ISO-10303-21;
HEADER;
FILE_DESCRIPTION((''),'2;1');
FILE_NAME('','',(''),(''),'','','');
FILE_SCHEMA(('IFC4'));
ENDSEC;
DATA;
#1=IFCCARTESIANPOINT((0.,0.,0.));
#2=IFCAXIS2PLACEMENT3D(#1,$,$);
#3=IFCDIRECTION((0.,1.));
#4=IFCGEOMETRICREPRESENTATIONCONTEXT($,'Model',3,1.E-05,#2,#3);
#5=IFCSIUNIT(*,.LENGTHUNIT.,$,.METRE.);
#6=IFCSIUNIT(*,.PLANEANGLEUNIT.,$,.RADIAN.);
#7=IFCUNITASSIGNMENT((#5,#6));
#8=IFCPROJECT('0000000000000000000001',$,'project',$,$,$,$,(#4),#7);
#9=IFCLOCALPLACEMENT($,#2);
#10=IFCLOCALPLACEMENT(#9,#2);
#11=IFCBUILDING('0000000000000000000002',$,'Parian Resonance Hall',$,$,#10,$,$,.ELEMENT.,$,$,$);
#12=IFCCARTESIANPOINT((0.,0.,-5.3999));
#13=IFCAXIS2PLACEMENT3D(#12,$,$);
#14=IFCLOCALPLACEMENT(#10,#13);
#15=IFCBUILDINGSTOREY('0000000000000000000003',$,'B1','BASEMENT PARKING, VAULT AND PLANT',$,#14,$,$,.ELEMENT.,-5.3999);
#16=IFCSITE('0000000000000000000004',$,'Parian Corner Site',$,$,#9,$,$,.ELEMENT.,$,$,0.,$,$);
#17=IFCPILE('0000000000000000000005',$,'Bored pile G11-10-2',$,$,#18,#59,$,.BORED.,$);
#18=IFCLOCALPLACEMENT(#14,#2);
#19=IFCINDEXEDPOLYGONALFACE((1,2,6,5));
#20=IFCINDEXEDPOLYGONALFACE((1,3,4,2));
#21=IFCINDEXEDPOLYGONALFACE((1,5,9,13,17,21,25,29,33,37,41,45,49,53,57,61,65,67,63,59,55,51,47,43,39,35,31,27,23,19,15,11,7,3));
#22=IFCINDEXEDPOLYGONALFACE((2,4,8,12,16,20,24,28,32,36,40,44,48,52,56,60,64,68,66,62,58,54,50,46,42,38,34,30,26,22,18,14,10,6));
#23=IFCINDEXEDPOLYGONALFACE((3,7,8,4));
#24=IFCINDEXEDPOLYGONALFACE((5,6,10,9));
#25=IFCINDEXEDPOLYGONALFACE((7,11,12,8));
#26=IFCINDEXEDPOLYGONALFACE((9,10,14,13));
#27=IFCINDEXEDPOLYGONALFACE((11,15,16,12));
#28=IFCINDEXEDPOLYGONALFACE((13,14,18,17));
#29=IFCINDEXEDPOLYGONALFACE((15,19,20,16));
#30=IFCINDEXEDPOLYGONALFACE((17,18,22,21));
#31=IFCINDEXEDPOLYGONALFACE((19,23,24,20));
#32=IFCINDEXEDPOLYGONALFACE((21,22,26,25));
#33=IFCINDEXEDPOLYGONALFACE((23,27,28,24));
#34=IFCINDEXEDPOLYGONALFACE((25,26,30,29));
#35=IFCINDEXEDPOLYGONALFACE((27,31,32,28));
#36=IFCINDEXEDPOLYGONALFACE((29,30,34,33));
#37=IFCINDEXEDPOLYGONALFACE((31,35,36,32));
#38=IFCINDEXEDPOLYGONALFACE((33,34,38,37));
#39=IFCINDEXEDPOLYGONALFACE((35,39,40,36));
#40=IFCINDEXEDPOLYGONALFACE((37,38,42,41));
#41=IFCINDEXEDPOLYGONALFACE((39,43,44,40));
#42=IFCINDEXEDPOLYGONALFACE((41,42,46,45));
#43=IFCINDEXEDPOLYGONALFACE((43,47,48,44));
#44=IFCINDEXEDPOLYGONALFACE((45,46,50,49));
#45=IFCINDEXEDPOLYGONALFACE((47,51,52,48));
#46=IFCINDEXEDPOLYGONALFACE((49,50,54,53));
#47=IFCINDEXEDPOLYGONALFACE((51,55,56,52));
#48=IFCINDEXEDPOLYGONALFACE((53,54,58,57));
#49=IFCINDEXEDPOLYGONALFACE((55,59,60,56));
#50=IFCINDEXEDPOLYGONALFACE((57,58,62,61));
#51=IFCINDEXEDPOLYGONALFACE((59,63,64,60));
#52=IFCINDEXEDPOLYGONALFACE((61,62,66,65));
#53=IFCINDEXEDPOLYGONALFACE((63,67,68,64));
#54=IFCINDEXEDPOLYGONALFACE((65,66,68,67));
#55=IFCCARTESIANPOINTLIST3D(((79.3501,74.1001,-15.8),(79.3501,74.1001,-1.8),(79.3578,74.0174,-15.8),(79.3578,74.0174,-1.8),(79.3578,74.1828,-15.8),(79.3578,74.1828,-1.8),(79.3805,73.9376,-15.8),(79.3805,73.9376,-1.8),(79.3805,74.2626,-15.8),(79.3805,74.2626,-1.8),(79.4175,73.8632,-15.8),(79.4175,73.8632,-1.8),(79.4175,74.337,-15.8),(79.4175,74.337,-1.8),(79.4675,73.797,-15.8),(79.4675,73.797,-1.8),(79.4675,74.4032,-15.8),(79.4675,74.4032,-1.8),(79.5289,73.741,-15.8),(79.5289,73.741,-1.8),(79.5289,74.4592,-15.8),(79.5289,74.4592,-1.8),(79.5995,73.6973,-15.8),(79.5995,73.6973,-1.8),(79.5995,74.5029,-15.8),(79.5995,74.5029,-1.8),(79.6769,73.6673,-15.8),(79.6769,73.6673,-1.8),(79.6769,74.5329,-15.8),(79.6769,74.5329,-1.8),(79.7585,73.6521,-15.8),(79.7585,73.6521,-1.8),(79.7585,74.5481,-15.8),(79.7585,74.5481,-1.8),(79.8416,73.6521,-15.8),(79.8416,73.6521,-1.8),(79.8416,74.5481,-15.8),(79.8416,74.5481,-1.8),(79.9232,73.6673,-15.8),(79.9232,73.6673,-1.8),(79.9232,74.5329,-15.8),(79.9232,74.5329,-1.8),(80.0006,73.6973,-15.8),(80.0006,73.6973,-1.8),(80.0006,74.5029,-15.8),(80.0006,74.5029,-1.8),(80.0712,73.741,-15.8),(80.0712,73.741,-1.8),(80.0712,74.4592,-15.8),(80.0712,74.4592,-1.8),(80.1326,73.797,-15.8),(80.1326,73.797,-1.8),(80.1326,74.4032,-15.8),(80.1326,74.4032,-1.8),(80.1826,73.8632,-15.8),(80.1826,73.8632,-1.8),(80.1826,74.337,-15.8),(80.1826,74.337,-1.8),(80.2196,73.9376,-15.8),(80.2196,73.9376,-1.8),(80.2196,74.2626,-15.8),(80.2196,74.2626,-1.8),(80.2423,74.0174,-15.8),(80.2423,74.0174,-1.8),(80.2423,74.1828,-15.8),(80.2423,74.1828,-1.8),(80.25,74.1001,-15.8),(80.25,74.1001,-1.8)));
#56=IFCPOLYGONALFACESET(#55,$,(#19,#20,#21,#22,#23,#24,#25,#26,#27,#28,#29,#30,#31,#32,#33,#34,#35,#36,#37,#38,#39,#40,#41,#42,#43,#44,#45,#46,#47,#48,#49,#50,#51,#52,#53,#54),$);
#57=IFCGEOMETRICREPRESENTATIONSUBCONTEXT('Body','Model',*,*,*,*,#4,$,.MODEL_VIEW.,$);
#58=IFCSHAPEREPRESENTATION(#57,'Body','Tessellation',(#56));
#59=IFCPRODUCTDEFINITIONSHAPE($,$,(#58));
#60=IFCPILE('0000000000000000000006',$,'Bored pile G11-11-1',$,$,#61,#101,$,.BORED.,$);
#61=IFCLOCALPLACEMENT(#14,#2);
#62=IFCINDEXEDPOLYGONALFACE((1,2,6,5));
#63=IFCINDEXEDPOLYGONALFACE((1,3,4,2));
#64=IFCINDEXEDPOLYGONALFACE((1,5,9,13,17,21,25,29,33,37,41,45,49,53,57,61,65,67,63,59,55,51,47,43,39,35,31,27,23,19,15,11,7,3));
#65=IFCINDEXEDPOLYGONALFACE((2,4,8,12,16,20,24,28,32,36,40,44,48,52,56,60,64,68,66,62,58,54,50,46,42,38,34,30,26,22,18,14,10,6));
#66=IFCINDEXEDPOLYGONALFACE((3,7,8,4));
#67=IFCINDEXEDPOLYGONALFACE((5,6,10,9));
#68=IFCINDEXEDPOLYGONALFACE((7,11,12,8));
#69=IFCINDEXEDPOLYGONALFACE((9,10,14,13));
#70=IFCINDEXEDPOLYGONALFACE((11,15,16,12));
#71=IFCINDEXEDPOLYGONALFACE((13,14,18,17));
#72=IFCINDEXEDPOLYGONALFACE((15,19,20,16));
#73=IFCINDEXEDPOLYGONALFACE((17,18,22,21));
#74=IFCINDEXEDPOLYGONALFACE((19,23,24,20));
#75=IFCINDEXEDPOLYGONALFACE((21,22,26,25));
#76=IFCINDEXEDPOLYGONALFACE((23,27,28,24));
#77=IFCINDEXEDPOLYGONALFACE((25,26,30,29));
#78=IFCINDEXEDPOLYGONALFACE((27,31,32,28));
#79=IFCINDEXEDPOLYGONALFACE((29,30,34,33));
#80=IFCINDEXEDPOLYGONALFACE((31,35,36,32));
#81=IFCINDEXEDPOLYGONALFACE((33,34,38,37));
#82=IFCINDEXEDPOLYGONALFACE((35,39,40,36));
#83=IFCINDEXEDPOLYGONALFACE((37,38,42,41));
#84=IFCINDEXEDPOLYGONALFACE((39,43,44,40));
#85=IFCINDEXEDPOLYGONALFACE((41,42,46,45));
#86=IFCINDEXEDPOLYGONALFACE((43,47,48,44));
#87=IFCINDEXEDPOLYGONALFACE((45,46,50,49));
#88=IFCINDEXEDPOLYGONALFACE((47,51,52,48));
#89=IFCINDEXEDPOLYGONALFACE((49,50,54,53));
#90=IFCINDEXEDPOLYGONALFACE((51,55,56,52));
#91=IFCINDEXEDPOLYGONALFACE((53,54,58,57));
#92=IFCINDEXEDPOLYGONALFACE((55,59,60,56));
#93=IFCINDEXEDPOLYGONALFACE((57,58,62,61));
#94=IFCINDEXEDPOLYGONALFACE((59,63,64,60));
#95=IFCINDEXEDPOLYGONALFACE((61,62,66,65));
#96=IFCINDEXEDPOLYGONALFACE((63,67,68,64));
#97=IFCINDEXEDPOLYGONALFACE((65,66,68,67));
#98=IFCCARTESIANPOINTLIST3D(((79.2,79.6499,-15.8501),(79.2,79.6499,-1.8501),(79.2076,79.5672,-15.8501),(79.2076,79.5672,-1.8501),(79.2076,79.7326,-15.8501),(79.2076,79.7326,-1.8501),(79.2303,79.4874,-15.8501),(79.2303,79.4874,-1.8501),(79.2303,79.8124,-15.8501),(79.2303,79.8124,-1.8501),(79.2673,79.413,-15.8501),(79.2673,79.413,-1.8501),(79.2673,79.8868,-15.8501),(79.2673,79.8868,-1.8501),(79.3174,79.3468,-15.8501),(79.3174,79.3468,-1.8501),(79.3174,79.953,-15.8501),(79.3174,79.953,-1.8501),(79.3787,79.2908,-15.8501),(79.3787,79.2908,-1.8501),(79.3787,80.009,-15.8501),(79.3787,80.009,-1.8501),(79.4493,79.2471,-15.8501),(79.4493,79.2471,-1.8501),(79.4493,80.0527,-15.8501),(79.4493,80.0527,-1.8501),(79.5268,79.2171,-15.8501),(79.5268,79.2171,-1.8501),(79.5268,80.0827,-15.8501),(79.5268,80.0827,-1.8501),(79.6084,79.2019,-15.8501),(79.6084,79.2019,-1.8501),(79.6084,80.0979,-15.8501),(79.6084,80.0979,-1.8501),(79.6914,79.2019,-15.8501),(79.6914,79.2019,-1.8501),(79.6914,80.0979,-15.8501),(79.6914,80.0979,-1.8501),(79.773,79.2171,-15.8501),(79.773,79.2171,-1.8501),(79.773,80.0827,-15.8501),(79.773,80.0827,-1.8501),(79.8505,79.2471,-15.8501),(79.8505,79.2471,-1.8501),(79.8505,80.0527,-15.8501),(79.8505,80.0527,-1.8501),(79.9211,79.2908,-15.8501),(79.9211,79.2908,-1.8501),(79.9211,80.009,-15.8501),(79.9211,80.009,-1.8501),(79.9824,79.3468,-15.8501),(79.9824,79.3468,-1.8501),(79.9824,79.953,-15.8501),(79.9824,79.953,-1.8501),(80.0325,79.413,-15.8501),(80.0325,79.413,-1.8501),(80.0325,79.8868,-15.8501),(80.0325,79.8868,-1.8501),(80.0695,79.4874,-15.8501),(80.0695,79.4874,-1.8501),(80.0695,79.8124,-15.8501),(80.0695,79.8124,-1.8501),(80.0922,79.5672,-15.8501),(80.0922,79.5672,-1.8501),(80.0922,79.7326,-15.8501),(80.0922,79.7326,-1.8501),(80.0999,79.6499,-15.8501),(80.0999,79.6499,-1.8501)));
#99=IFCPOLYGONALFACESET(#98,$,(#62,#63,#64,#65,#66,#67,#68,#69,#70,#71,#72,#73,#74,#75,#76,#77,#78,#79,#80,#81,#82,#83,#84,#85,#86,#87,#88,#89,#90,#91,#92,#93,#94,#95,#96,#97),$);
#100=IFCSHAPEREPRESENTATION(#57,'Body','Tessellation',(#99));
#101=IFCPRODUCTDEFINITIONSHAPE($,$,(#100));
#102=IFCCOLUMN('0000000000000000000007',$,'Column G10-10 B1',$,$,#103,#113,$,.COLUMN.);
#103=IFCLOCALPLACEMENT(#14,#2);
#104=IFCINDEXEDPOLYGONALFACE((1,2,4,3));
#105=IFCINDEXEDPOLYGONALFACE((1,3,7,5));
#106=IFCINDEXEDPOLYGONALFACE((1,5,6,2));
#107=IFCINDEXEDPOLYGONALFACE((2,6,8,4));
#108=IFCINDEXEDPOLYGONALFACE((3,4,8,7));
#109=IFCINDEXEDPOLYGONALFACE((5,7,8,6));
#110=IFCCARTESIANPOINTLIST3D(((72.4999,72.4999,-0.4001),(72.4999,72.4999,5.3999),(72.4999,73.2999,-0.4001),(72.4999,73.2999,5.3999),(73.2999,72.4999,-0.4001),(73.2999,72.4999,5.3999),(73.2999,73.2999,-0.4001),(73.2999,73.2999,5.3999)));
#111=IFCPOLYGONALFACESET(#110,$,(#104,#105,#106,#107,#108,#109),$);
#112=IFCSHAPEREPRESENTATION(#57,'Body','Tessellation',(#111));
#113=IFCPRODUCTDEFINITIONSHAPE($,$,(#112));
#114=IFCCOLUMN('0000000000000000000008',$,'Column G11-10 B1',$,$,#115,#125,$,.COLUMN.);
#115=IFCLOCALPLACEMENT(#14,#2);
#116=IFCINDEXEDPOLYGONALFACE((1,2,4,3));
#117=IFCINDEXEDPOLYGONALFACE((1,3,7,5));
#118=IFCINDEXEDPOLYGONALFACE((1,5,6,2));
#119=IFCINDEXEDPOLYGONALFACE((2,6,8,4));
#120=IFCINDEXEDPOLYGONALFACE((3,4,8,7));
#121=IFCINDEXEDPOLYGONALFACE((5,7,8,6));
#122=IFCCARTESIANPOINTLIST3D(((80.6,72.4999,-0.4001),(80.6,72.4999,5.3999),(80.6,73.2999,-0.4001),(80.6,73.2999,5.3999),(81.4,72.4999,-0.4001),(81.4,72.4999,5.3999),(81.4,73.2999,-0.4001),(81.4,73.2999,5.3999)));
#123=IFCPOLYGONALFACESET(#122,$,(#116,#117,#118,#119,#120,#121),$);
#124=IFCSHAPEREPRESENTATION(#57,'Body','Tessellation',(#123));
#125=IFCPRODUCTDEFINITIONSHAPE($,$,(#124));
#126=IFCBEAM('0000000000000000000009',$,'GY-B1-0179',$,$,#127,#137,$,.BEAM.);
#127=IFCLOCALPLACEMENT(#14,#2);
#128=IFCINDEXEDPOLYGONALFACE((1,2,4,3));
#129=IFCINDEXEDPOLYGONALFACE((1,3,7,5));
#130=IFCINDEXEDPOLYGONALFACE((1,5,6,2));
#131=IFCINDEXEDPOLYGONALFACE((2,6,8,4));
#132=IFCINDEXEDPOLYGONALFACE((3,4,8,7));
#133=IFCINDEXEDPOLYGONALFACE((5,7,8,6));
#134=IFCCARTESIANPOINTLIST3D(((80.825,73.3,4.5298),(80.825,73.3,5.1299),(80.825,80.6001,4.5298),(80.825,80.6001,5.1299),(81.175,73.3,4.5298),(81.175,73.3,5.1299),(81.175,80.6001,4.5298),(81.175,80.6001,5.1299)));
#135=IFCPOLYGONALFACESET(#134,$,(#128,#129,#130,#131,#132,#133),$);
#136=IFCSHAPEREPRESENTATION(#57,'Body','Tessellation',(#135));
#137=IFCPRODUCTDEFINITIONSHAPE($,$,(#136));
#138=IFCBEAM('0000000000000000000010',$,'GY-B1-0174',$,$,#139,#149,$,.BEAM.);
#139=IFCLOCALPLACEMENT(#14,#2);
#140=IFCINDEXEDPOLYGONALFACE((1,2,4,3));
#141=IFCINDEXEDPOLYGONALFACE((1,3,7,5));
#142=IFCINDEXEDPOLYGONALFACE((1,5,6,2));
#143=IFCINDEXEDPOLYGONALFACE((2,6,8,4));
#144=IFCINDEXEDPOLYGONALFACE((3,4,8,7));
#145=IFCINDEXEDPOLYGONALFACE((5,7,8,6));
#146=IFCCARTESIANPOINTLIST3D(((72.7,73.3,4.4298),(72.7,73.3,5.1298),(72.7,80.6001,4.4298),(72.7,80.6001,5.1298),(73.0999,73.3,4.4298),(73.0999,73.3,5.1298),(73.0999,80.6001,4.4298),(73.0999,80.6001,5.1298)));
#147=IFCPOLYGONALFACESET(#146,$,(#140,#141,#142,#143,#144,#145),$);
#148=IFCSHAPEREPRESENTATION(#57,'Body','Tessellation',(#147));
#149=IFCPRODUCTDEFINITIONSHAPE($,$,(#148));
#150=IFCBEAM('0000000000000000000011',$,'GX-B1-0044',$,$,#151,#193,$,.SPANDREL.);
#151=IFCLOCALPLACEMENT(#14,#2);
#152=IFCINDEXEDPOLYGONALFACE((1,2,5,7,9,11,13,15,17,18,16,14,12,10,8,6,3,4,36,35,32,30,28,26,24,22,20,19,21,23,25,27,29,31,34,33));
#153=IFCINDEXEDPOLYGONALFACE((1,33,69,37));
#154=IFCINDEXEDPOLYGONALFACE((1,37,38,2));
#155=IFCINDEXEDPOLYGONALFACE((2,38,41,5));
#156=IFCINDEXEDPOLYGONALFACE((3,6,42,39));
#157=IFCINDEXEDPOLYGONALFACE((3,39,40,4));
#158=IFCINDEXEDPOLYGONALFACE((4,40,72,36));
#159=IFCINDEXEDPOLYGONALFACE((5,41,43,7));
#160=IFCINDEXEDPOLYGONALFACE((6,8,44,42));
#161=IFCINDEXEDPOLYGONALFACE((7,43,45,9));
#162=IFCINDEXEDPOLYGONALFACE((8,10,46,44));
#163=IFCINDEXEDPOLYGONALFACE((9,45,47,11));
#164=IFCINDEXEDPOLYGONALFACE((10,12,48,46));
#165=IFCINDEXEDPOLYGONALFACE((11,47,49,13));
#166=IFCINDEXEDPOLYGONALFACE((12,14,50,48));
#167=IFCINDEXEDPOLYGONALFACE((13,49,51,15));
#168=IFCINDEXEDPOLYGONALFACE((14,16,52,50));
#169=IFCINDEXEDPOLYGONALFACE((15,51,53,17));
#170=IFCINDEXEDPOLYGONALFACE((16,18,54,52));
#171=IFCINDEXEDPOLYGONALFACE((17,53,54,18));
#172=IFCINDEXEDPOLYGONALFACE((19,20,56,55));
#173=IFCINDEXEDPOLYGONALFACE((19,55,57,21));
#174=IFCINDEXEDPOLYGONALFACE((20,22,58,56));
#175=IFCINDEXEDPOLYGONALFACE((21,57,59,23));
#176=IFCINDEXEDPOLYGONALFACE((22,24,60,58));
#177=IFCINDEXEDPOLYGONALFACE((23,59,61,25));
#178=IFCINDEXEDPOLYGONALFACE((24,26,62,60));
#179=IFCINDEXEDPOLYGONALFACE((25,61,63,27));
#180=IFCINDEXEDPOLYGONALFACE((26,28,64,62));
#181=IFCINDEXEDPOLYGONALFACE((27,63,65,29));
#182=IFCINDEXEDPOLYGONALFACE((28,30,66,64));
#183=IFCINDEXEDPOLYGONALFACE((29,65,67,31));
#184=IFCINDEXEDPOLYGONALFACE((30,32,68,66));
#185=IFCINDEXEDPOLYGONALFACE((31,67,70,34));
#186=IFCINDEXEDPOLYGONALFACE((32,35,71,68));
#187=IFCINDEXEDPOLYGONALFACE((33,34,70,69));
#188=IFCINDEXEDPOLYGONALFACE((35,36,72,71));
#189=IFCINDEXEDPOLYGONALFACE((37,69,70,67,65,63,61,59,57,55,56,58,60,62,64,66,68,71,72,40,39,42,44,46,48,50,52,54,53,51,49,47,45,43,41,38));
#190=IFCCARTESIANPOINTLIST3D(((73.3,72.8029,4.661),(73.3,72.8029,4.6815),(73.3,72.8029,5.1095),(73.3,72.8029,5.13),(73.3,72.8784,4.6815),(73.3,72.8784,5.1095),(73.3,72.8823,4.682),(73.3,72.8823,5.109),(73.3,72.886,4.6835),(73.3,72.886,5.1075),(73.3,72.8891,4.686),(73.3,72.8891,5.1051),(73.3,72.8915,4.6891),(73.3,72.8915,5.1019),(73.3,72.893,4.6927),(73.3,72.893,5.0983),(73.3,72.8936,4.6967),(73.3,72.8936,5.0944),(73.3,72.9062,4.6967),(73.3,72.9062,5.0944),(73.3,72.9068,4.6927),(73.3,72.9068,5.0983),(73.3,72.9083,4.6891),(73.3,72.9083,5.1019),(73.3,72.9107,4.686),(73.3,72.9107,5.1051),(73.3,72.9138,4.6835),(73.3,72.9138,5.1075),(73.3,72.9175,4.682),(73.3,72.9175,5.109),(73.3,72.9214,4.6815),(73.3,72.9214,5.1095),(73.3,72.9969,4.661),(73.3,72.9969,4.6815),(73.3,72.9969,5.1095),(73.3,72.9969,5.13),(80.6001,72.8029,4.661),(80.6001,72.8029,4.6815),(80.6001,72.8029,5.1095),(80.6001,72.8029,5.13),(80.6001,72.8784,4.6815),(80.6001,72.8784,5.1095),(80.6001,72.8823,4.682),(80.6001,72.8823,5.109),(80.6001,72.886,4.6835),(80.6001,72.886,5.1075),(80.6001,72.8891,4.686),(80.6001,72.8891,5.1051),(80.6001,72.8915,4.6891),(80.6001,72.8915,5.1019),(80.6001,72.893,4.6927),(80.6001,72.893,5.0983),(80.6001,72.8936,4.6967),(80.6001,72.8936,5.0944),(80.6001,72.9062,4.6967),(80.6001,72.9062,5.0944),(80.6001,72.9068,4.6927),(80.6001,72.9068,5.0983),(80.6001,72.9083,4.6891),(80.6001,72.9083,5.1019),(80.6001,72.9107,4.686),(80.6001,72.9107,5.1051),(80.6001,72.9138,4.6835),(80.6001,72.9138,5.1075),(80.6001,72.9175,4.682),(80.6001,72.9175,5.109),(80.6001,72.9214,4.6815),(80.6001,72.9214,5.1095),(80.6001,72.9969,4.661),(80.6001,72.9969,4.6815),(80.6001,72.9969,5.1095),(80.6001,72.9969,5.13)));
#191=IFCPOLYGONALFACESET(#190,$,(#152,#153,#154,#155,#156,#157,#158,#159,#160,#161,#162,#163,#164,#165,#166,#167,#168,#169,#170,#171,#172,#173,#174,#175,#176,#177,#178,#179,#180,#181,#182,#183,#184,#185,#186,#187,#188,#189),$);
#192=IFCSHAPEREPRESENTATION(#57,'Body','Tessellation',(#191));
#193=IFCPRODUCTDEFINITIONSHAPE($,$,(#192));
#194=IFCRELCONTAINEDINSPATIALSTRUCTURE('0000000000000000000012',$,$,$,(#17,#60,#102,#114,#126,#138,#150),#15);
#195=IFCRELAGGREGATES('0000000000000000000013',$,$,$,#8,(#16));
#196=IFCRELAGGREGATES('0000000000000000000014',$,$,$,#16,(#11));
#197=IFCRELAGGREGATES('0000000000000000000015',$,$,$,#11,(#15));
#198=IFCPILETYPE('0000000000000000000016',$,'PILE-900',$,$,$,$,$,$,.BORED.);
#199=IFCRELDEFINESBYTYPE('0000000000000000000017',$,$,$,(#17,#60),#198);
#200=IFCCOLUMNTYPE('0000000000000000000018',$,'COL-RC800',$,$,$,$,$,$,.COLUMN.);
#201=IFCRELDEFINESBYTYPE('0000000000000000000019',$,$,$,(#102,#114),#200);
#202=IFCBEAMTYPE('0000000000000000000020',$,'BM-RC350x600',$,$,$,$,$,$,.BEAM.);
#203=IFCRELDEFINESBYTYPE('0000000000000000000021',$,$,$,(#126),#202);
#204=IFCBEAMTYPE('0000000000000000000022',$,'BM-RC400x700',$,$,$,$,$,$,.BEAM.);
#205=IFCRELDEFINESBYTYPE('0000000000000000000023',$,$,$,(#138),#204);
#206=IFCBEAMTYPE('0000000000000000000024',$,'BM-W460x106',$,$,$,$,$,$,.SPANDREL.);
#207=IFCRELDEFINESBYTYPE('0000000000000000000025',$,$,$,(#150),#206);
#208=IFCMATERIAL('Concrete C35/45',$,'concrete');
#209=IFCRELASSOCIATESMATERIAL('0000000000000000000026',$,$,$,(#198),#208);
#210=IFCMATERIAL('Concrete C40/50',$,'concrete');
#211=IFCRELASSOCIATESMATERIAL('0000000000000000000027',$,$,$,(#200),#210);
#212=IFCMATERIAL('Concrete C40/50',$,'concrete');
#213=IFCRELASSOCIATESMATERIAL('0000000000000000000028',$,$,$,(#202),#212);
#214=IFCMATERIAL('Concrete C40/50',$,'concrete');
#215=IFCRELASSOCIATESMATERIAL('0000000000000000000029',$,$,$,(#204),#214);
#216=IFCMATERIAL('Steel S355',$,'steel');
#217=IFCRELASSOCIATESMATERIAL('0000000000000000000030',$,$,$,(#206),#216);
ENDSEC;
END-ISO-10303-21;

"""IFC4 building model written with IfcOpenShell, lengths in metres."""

from ifc_helpers import new_model, si_unit, direction, frame, origin, origin_2d, place, context, subcontext, project, spatial, rectangle, circle, i_section, extrude, material, material_profile, profile_set, type_object, element, save


model = new_model("IFC4")

# Units and contexts
model_context = context("Model", 3, precision=1e-05, world=origin(), true_north=direction((0.0, 1.0)))
body_context = subcontext(model_context, "Body", "Model", "MODEL_VIEW")
ifc_project = project(units=[si_unit("LENGTHUNIT", "METRE"), si_unit("PLANEANGLEUNIT", "RADIAN")], contexts=[model_context])

# Site, building, storey
site_placement = place(None, origin())
site = spatial("IfcSite", under=ifc_project, at=site_placement, Name="Parian Corner Site", CompositionType="ELEMENT", RefElevation=0.0)
building_placement = place(site_placement, origin())
building = spatial("IfcBuilding", under=site, at=building_placement, Name="Parian Resonance Hall", CompositionType="ELEMENT")
storey_placement = place(building_placement, frame((0.0, 0.0, -5.3999)))
storey = spatial("IfcBuildingStorey", under=building, at=storey_placement, Name="B1", Description="BASEMENT PARKING, VAULT AND PLANT", CompositionType="ELEMENT", Elevation=-5.3999)

# Piles
ifc_material_1 = material(Name="Concrete C35/45", Category="concrete")
ifc_material_profile_1 = material_profile(ifc_material_1, circle(Radius=0.45, at=origin_2d()), Name="PILE-D900")
ifc_profile_set_1 = profile_set([ifc_material_profile_1], Name="Concrete C35/45")
pile_type_1 = type_object("IfcPileType", Name="PILE-900", PredefinedType="BORED", material=ifc_profile_set_1)
for number, where, z_axis, x_axis, name in (
    (1, (79.8, 74.1001, -1.8), (0.0, 0.0, -1.0), (1.0, 0.0, 0.0), "Bored pile G11-10-2"),
    (2, (79.6499, 79.6499, -1.8501), (0.0, 0.0, -1.0), (1.0, 0.0, 0.0), "Bored pile G11-11-1"),
):
    element("IfcPile", number, at=place(storey_placement, frame(where, z_axis=z_axis, x_axis=x_axis)), inside=storey, type_object=pile_type_1, Name=name, PredefinedType="BORED", context=body_context, shape_type="SweptSolid", body=[
        extrude(circle(Radius=0.45, at=origin_2d()), origin(), (0.0, 0.0, 1.0), 14.0),
    ])

# Columns
ifc_material_2 = material(Name="Concrete C40/50", Category="concrete")
ifc_material_profile_2 = material_profile(ifc_material_2, rectangle(XDim=0.8, YDim=0.8, at=origin_2d()), Name="RC-COL-800x800")
ifc_profile_set_2 = profile_set([ifc_material_profile_2], Name="Concrete C40/50")
column_type = type_object("IfcColumnType", Name="COL-RC800", PredefinedType="COLUMN", material=ifc_profile_set_2)
for number, where, z_axis, x_axis, name in (
    (3, (72.8999, 72.8999, -0.4001), (0.0, 0.0, 1.0), (1.0, 0.0, 0.0), "Column G10-10 B1"),
    (4, (81.0, 72.8999, -0.4001), (0.0, 0.0, 1.0), (1.0, 0.0, 0.0), "Column G11-10 B1"),
):
    element("IfcColumn", number, at=place(storey_placement, frame(where, z_axis=z_axis, x_axis=x_axis)), inside=storey, type_object=column_type, Name=name, PredefinedType="COLUMN", context=body_context, shape_type="SweptSolid", body=[
        extrude(rectangle(XDim=0.8, YDim=0.8, at=origin_2d()), origin(), (0.0, 0.0, 1.0), 5.8),
    ])

# Beams
ifc_material_3 = material(Name="Concrete C40/50", Category="concrete")
ifc_material_profile_3 = material_profile(ifc_material_3, rectangle(XDim=0.3501, YDim=0.6001, at=origin_2d()), Name="RC-BM-350x600")
ifc_profile_set_3 = profile_set([ifc_material_profile_3], Name="Concrete C40/50")
beam_type_1 = type_object("IfcBeamType", Name="BM-RC350x600", PredefinedType="BEAM", material=ifc_profile_set_3)
beam_1_placement = place(storey_placement, frame((81.0, 73.3, 4.8298), z_axis=(0.0, 1.0, 0.0), x_axis=(-1.0, 0.0, 0.0)))
element("IfcBeam", 5, at=beam_1_placement, inside=storey, type_object=beam_type_1, Name="GY-B1-0179", PredefinedType="BEAM", context=body_context, shape_type="SweptSolid", body=[
    extrude(rectangle(XDim=0.3501, YDim=0.6001, at=origin_2d()), origin(), (0.0, 0.0, 1.0), 7.3),
])
ifc_material_4 = material(Name="Concrete C40/50", Category="concrete")
ifc_material_profile_4 = material_profile(ifc_material_4, rectangle(XDim=0.3999, YDim=0.7, at=origin_2d()), Name="RC-BM-400x700")
ifc_profile_set_4 = profile_set([ifc_material_profile_4], Name="Concrete C40/50")
beam_type_2 = type_object("IfcBeamType", Name="BM-RC400x700", PredefinedType="BEAM", material=ifc_profile_set_4)
beam_2_placement = place(storey_placement, frame((72.8999, 73.3, 4.7798), z_axis=(0.0, 1.0, 0.0), x_axis=(-1.0, 0.0, 0.0)))
element("IfcBeam", 6, at=beam_2_placement, inside=storey, type_object=beam_type_2, Name="GY-B1-0174", PredefinedType="BEAM", context=body_context, shape_type="SweptSolid", body=[
    extrude(rectangle(XDim=0.3999, YDim=0.7, at=origin_2d()), origin(), (0.0, 0.0, 1.0), 7.3),
])
ifc_material_5 = material(Name="Steel S355", Category="steel")
ifc_material_profile_5 = material_profile(ifc_material_5, i_section(OverallWidth=0.1941, OverallDepth=0.469, WebThickness=0.0127, FlangeThickness=0.0205, FilletRadius=0.0151, at=origin_2d()), Name="W460x106")
ifc_profile_set_5 = profile_set([ifc_material_profile_5], Name="Steel S355")
beam_type_3 = type_object("IfcBeamType", Name="BM-W460x106", PredefinedType="SPANDREL", material=ifc_profile_set_5)
beam_3_placement = place(storey_placement, frame((73.3, 72.8999, 4.8955), z_axis=(1.0, 0.0, 0.0), x_axis=(0.0, 1.0, 0.0)))
element("IfcBeam", 7, at=beam_3_placement, inside=storey, type_object=beam_type_3, Name="GX-B1-0044", PredefinedType="SPANDREL", context=body_context, shape_type="SweptSolid", body=[
    extrude(i_section(OverallWidth=0.1941, OverallDepth=0.469, WebThickness=0.0127, FlangeThickness=0.0205, FilletRadius=0.0151, at=origin_2d()), origin(), (0.0, 0.0, 1.0), 7.3),
])

save(model, "model.ifc")
